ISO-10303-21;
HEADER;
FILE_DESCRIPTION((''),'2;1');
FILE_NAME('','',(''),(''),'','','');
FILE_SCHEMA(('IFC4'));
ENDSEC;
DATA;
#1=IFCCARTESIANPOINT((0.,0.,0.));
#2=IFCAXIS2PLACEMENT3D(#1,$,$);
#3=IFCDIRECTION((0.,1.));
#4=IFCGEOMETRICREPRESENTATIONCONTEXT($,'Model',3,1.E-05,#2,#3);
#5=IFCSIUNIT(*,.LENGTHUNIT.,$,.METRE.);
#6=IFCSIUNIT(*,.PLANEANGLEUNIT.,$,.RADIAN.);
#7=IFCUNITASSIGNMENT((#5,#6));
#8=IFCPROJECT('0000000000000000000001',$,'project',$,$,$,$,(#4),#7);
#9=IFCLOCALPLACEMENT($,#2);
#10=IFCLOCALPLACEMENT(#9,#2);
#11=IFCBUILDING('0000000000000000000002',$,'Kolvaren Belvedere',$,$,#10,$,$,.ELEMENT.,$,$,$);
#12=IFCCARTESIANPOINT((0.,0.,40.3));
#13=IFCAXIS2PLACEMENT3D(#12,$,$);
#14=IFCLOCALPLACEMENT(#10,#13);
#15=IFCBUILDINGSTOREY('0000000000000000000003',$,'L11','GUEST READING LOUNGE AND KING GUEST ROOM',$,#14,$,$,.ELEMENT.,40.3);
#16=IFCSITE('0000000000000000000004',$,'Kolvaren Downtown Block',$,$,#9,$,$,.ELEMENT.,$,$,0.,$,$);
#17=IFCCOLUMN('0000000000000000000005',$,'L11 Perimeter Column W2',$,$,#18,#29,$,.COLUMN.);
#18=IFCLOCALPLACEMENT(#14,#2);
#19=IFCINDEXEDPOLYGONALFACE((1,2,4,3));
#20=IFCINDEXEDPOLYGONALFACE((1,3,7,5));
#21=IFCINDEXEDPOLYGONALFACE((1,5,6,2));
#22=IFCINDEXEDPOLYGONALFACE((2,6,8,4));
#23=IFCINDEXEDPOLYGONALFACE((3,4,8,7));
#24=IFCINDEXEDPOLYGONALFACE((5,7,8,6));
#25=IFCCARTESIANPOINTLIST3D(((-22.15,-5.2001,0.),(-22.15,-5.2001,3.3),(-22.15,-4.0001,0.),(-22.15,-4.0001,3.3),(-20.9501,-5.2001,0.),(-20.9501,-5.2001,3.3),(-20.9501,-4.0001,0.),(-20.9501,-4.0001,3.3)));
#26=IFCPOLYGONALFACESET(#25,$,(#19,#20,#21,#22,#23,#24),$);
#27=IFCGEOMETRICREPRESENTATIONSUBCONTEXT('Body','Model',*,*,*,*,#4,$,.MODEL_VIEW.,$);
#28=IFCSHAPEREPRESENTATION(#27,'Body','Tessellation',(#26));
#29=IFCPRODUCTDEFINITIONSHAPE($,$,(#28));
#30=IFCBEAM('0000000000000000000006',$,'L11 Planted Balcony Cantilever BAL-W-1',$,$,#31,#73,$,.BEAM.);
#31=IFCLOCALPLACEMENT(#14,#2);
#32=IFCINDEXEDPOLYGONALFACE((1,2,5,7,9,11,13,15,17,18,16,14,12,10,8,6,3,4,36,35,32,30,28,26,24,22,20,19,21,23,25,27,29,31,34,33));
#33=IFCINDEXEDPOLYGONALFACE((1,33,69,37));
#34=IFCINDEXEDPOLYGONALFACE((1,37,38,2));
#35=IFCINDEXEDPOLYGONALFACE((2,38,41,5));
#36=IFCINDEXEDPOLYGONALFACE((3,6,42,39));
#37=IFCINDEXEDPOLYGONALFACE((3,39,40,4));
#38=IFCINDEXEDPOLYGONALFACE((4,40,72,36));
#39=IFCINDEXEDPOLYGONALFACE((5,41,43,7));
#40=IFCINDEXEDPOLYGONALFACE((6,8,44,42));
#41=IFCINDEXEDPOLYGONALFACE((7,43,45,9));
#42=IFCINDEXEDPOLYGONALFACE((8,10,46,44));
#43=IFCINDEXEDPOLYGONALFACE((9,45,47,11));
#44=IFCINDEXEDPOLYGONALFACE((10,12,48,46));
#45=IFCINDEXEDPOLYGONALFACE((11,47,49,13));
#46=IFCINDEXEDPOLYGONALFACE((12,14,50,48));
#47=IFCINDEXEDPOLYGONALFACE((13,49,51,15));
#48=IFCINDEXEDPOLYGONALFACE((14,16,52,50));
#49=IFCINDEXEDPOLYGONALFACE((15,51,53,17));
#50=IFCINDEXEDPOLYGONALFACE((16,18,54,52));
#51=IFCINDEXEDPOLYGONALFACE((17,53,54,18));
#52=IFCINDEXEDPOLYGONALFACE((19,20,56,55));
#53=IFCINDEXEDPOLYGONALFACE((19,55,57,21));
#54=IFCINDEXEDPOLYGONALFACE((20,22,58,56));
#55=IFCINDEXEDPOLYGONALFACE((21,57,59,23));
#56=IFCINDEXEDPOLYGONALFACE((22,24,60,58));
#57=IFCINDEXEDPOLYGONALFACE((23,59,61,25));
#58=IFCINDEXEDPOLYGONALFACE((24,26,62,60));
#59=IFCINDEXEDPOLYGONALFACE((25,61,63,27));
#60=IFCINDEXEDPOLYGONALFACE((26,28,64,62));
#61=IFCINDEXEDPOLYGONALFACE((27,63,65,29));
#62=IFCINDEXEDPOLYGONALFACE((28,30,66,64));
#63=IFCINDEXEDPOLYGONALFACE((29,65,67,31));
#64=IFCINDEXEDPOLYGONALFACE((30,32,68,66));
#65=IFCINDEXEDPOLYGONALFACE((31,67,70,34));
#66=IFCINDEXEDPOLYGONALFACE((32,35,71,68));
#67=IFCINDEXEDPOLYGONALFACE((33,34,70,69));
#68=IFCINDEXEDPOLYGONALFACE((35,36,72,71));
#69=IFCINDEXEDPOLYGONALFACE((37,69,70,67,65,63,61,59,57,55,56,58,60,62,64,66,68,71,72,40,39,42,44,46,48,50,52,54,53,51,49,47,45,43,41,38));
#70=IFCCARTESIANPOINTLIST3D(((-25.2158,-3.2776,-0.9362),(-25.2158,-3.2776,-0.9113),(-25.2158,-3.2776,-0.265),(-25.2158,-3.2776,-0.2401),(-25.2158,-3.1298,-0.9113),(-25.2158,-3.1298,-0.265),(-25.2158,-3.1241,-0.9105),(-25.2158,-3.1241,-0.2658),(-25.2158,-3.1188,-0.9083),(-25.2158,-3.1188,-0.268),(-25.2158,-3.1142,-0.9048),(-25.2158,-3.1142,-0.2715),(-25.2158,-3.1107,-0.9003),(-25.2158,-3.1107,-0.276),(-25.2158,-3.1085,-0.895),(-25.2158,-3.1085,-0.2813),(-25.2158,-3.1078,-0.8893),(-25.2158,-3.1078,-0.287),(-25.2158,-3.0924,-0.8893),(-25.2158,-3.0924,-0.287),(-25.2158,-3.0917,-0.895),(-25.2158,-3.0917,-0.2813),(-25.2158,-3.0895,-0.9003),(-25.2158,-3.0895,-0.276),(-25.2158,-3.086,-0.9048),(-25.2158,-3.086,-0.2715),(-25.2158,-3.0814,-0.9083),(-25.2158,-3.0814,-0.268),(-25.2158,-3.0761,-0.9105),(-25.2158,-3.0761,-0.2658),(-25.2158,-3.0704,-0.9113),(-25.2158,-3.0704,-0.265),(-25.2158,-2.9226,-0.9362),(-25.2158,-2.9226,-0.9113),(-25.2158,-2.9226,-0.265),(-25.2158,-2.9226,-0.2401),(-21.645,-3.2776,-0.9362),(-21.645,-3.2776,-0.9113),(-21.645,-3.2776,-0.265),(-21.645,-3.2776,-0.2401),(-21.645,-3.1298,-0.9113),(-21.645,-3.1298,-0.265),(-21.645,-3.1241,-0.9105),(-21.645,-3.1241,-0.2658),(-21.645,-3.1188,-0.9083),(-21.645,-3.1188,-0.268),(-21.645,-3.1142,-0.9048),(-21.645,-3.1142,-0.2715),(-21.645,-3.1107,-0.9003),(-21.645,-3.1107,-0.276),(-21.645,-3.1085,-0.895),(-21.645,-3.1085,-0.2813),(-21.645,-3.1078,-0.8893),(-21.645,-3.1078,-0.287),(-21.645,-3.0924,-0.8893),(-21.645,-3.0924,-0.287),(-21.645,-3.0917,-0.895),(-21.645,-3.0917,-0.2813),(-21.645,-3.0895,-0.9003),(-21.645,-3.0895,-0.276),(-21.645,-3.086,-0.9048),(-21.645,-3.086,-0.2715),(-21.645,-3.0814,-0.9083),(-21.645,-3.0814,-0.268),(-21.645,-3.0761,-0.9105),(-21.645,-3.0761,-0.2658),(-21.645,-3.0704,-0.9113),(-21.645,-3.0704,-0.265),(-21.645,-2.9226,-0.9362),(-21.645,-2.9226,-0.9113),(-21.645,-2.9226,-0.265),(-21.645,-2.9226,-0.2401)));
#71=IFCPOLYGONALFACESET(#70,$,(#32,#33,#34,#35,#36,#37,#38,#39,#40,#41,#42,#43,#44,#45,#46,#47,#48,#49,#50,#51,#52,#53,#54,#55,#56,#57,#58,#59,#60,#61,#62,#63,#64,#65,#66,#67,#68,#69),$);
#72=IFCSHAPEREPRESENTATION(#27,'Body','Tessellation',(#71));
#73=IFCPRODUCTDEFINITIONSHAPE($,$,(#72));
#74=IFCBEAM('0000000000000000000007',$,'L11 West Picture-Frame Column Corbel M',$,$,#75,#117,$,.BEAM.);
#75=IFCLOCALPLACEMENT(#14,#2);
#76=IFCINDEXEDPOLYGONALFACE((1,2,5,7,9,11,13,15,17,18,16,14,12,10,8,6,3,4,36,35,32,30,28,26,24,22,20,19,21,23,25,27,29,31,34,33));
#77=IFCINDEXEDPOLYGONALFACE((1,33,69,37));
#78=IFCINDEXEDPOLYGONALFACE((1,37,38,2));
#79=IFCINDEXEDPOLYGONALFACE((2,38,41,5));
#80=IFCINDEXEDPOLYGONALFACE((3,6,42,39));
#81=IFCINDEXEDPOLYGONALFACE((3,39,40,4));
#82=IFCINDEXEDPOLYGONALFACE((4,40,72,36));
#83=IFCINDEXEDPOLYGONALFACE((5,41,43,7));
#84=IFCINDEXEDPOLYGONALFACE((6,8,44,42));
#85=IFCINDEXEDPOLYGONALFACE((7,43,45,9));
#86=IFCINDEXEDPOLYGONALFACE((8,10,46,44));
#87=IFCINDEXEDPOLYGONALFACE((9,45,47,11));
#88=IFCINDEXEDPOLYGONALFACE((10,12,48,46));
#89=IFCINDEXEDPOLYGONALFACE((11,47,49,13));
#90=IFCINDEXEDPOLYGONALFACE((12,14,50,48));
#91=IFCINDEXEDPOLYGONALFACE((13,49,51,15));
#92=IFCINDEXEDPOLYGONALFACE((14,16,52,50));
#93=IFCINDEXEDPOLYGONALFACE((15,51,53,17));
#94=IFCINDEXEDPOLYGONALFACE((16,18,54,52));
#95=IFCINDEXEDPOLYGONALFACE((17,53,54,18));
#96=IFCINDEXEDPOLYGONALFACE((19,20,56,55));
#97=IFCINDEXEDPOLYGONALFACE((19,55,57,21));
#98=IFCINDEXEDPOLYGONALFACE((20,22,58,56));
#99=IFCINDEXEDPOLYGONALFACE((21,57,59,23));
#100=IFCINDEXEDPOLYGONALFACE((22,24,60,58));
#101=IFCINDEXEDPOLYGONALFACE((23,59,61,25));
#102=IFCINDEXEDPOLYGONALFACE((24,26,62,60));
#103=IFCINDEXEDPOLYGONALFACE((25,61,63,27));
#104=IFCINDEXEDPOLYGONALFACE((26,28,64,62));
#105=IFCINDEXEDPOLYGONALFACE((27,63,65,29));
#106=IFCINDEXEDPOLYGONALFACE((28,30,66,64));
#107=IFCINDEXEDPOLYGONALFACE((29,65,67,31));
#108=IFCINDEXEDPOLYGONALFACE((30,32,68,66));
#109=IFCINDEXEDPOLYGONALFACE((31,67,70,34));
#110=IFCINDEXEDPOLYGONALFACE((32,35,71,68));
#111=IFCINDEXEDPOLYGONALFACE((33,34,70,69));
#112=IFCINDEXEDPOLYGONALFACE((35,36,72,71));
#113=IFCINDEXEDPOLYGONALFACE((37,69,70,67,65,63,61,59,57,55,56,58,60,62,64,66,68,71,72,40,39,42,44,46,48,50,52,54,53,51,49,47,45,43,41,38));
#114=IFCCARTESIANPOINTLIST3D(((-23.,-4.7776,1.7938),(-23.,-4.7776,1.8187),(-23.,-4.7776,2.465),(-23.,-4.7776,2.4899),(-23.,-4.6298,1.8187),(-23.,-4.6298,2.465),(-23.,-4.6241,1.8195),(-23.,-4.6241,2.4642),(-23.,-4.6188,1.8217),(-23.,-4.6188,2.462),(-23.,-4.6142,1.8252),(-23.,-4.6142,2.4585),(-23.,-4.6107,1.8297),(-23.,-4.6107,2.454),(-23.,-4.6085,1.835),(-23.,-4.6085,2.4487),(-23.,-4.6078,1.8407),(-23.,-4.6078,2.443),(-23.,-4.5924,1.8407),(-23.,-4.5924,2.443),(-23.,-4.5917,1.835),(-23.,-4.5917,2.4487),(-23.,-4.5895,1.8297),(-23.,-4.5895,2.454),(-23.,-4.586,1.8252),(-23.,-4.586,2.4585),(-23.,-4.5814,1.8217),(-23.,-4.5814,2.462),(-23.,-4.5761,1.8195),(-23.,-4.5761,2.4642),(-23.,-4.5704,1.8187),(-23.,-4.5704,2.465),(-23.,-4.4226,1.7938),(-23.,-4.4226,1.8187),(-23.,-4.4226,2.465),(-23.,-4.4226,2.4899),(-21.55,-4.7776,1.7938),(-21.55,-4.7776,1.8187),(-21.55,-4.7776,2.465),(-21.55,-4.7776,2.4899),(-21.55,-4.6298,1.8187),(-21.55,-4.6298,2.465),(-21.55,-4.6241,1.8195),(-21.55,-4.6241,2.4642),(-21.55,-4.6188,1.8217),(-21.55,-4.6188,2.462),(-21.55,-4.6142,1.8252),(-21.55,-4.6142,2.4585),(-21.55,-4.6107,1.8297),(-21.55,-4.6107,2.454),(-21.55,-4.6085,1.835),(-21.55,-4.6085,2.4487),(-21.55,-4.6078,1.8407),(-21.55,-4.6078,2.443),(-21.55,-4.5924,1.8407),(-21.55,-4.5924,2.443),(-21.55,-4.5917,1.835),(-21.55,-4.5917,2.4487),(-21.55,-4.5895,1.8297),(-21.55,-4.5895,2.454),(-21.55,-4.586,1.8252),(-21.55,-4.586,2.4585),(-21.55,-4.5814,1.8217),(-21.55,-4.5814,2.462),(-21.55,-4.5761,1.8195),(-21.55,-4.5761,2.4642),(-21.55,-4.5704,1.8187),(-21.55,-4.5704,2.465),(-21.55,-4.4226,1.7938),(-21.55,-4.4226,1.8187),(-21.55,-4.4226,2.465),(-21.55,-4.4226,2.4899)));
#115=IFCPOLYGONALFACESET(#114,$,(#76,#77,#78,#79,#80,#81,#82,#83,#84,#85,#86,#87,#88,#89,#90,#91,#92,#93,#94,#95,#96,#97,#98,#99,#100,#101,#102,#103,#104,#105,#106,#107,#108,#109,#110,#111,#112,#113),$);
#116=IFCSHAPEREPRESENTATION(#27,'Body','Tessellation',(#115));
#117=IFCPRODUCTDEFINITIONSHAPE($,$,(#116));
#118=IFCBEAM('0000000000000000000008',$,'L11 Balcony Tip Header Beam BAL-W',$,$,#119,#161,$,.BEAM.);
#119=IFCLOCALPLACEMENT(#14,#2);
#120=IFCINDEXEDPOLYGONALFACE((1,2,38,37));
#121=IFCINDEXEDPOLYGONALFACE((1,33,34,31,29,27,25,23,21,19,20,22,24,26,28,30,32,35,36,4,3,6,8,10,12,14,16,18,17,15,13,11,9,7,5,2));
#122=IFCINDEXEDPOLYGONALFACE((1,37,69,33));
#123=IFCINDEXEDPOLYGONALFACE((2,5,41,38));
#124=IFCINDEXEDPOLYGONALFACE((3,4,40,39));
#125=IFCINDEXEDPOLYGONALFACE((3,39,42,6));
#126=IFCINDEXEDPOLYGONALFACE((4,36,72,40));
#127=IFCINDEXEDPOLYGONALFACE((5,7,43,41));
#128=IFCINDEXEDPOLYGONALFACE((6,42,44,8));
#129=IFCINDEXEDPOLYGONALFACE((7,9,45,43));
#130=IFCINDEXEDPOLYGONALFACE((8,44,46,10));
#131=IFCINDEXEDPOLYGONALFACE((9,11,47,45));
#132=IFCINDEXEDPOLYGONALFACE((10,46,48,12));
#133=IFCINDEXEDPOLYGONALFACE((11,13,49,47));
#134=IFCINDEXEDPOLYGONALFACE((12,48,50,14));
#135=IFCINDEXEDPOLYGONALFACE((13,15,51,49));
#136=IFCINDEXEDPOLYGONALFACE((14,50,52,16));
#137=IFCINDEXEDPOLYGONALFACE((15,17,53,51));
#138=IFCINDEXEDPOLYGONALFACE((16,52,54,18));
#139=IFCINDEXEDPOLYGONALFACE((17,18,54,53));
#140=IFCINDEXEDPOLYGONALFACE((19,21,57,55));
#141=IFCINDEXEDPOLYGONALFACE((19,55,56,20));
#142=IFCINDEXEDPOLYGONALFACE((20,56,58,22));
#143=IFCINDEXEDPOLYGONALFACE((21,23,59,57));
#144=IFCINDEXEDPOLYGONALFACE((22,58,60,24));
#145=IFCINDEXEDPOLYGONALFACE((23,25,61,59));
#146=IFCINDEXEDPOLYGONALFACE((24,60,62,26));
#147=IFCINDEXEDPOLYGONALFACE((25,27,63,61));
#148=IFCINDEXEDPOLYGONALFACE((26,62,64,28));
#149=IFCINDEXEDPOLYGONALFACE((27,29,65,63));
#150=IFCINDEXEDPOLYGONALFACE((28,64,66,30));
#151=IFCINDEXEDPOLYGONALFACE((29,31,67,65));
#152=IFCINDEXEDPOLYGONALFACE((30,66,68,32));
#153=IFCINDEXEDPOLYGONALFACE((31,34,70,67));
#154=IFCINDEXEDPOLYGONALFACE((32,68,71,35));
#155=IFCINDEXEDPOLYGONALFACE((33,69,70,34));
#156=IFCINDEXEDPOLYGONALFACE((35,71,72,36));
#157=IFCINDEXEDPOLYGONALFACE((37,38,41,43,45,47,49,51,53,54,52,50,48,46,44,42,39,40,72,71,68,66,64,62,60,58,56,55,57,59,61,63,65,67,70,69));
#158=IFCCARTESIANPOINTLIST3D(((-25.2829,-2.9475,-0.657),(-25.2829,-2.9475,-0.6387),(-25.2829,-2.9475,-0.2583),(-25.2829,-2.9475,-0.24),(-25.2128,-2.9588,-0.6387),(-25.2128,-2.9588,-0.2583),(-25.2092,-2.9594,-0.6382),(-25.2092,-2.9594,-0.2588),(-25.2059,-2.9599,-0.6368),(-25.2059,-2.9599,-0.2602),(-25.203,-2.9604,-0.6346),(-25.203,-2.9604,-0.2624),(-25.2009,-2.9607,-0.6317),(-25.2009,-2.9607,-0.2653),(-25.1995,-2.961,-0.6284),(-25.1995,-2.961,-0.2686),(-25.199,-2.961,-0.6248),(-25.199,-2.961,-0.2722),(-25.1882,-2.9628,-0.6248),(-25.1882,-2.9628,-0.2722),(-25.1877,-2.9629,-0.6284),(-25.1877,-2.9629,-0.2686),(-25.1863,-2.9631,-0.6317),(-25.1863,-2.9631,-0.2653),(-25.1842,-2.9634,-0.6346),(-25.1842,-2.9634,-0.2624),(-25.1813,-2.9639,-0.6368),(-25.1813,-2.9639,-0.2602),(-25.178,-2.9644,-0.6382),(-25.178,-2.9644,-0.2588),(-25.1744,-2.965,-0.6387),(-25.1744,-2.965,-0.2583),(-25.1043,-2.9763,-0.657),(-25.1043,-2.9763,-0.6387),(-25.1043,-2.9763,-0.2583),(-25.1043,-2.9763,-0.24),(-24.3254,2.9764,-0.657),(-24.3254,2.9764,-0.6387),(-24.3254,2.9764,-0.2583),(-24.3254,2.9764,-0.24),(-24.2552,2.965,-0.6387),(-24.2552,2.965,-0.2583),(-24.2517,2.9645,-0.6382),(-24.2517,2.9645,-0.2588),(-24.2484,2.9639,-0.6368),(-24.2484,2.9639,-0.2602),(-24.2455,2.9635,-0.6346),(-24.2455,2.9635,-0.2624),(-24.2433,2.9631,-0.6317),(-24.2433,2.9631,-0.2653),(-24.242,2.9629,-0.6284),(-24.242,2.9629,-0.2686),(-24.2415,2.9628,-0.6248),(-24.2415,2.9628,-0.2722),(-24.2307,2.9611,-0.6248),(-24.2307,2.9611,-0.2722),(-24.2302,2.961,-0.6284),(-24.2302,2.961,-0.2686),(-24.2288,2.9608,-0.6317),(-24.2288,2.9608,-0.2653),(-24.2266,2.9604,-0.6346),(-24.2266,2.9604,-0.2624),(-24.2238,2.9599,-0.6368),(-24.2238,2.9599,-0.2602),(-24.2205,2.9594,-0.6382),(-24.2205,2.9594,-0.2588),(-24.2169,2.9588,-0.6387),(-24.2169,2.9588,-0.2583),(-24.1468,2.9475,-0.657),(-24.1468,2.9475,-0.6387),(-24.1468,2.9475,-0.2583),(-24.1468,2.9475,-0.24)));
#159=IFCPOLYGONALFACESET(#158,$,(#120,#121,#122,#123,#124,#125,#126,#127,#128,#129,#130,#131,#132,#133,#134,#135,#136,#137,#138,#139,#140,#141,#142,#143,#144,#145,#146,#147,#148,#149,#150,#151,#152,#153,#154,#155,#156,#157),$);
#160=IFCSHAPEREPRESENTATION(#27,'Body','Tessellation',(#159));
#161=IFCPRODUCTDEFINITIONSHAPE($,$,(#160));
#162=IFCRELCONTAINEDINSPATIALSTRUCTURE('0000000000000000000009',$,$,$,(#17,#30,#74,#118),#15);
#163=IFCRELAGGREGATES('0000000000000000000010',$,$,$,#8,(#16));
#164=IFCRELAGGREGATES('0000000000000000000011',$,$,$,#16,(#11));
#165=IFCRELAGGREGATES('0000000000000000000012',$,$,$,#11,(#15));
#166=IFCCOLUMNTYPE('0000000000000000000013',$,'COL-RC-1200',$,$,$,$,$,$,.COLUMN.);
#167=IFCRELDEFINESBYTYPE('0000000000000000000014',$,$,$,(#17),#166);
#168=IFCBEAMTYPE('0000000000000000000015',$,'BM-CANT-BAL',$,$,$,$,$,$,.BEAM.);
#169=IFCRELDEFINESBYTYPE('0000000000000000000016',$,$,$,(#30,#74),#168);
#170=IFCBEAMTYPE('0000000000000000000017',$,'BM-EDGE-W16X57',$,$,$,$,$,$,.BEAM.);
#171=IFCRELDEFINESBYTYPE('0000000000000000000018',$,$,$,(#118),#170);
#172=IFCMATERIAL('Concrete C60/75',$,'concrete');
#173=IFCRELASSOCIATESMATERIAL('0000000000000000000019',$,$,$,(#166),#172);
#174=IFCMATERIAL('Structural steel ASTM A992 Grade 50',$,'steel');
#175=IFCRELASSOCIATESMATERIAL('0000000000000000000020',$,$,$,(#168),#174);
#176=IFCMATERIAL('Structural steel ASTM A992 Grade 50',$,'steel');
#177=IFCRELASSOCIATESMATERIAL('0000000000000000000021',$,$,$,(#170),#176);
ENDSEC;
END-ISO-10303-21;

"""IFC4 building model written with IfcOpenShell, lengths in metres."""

from ifc_helpers import new_model, si_unit, direction, frame, origin, origin_2d, place, context, subcontext, project, spatial, rectangle, i_section, extrude, material, material_profile, profile_set, type_object, element, save


model = new_model("IFC4")

# Units and contexts
model_context = context("Model", 3, precision=1e-05, world=origin(), true_north=direction((0.0, 1.0)))
body_context = subcontext(model_context, "Body", "Model", "MODEL_VIEW")
ifc_project = project(units=[si_unit("LENGTHUNIT", "METRE"), si_unit("PLANEANGLEUNIT", "RADIAN")], contexts=[model_context])

# Site, building, storey
site_placement = place(None, origin())
site = spatial("IfcSite", under=ifc_project, at=site_placement, Name="Kolvaren Downtown Block", CompositionType="ELEMENT", RefElevation=0.0)
building_placement = place(site_placement, origin())
building = spatial("IfcBuilding", under=site, at=building_placement, Name="Kolvaren Belvedere", CompositionType="ELEMENT")
storey_placement = place(building_placement, frame((0.0, 0.0, 40.3)))
storey = spatial("IfcBuildingStorey", under=building, at=storey_placement, Name="L11", Description="GUEST READING LOUNGE AND KING GUEST ROOM", CompositionType="ELEMENT", Elevation=40.3)

# Column
ifc_material_1 = material(Name="Concrete C60/75", Category="concrete")
ifc_material_profile_1 = material_profile(ifc_material_1, rectangle(XDim=1.2, YDim=1.2, at=origin_2d()), Name="RC 1200X1200")
ifc_profile_set_1 = profile_set([ifc_material_profile_1], Name="Concrete C60/75")
column_type = type_object("IfcColumnType", Name="COL-RC-1200", PredefinedType="COLUMN", material=ifc_profile_set_1)
column_placement = place(storey_placement, frame((-21.55, -4.6001, 0.0), z_axis=(0.0, 0.0, 1.0), x_axis=(1.0, 0.0, 0.0)))
element("IfcColumn", 1, at=column_placement, inside=storey, type_object=column_type, Name="L11 Perimeter Column W2", PredefinedType="COLUMN", context=body_context, shape_type="SweptSolid", body=[
    extrude(rectangle(XDim=1.2, YDim=1.2, at=origin_2d()), origin(), (0.0, 0.0, 1.0), 3.3),
])

# Beams
ifc_material_2 = material(Name="Structural steel ASTM A992 Grade 50", Category="steel")
ifc_material_profile_2 = material_profile(ifc_material_2, i_section(OverallWidth=0.355, OverallDepth=0.696, WebThickness=0.0154, FlangeThickness=0.0249, FilletRadius=0.022, at=origin_2d()), Name="W27X146")
ifc_profile_set_2 = profile_set([ifc_material_profile_2], Name="Structural steel ASTM A992 Grade 50")
beam_type_1 = type_object("IfcBeamType", Name="BM-CANT-BAL", PredefinedType="BEAM", material=ifc_profile_set_2)
beam_1_placement = place(storey_placement, frame((-21.645, -3.1001, -0.5881), z_axis=(-1.0, 0.0, 0.0), x_axis=(0.0, -1.0, 0.0)))
element("IfcBeam", 2, at=beam_1_placement, inside=storey, type_object=beam_type_1, Name="L11 Planted Balcony Cantilever BAL-W-1", PredefinedType="BEAM", context=body_context, shape_type="SweptSolid", body=[
    extrude(i_section(OverallWidth=0.355, OverallDepth=0.696, WebThickness=0.0154, FlangeThickness=0.0249, FilletRadius=0.022, at=origin_2d()), origin(), (0.0, 0.0, 1.0), 3.5708),
])
beam_2_placement = place(storey_placement, frame((-21.55, -4.6001, 2.1418), z_axis=(-1.0, 0.0, 0.0), x_axis=(0.0, -1.0, 0.0)))
element("IfcBeam", 3, at=beam_2_placement, inside=storey, type_object=beam_type_1, Name="L11 West Picture-Frame Column Corbel M", PredefinedType="BEAM", context=body_context, shape_type="SweptSolid", body=[
    extrude(i_section(OverallWidth=0.355, OverallDepth=0.696, WebThickness=0.0154, FlangeThickness=0.0249, FilletRadius=0.022, at=origin_2d()), origin(), (0.0, 0.0, 1.0), 1.45),
])
ifc_material_3 = material(Name="Structural steel ASTM A992 Grade 50", Category="steel")
ifc_material_profile_3 = material_profile(ifc_material_3, i_section(OverallWidth=0.1809, OverallDepth=0.417, WebThickness=0.011, FlangeThickness=0.0183, FilletRadius=0.0139, at=origin_2d()), Name="W16X57")
ifc_profile_set_3 = profile_set([ifc_material_profile_3], Name="Structural steel ASTM A992 Grade 50")
beam_type_2 = type_object("IfcBeamType", Name="BM-EDGE-W16X57", PredefinedType="BEAM", material=ifc_profile_set_3)
beam_3_placement = place(storey_placement, frame((-25.1936, -2.9619, -0.4485), z_axis=(0.159568, 0.987187, 0.0), x_axis=(-0.987187, 0.159568, 0.0)))
element("IfcBeam", 4, at=beam_3_placement, inside=storey, type_object=beam_type_2, Name="L11 Balcony Tip Header Beam BAL-W", PredefinedType="BEAM", context=body_context, shape_type="SweptSolid", body=[
    extrude(i_section(OverallWidth=0.1809, OverallDepth=0.417, WebThickness=0.011, FlangeThickness=0.0183, FilletRadius=0.0139, at=origin_2d()), origin(), (0.0, 0.0, 1.0), 6.0007),
])

save(model, "model.ifc")
